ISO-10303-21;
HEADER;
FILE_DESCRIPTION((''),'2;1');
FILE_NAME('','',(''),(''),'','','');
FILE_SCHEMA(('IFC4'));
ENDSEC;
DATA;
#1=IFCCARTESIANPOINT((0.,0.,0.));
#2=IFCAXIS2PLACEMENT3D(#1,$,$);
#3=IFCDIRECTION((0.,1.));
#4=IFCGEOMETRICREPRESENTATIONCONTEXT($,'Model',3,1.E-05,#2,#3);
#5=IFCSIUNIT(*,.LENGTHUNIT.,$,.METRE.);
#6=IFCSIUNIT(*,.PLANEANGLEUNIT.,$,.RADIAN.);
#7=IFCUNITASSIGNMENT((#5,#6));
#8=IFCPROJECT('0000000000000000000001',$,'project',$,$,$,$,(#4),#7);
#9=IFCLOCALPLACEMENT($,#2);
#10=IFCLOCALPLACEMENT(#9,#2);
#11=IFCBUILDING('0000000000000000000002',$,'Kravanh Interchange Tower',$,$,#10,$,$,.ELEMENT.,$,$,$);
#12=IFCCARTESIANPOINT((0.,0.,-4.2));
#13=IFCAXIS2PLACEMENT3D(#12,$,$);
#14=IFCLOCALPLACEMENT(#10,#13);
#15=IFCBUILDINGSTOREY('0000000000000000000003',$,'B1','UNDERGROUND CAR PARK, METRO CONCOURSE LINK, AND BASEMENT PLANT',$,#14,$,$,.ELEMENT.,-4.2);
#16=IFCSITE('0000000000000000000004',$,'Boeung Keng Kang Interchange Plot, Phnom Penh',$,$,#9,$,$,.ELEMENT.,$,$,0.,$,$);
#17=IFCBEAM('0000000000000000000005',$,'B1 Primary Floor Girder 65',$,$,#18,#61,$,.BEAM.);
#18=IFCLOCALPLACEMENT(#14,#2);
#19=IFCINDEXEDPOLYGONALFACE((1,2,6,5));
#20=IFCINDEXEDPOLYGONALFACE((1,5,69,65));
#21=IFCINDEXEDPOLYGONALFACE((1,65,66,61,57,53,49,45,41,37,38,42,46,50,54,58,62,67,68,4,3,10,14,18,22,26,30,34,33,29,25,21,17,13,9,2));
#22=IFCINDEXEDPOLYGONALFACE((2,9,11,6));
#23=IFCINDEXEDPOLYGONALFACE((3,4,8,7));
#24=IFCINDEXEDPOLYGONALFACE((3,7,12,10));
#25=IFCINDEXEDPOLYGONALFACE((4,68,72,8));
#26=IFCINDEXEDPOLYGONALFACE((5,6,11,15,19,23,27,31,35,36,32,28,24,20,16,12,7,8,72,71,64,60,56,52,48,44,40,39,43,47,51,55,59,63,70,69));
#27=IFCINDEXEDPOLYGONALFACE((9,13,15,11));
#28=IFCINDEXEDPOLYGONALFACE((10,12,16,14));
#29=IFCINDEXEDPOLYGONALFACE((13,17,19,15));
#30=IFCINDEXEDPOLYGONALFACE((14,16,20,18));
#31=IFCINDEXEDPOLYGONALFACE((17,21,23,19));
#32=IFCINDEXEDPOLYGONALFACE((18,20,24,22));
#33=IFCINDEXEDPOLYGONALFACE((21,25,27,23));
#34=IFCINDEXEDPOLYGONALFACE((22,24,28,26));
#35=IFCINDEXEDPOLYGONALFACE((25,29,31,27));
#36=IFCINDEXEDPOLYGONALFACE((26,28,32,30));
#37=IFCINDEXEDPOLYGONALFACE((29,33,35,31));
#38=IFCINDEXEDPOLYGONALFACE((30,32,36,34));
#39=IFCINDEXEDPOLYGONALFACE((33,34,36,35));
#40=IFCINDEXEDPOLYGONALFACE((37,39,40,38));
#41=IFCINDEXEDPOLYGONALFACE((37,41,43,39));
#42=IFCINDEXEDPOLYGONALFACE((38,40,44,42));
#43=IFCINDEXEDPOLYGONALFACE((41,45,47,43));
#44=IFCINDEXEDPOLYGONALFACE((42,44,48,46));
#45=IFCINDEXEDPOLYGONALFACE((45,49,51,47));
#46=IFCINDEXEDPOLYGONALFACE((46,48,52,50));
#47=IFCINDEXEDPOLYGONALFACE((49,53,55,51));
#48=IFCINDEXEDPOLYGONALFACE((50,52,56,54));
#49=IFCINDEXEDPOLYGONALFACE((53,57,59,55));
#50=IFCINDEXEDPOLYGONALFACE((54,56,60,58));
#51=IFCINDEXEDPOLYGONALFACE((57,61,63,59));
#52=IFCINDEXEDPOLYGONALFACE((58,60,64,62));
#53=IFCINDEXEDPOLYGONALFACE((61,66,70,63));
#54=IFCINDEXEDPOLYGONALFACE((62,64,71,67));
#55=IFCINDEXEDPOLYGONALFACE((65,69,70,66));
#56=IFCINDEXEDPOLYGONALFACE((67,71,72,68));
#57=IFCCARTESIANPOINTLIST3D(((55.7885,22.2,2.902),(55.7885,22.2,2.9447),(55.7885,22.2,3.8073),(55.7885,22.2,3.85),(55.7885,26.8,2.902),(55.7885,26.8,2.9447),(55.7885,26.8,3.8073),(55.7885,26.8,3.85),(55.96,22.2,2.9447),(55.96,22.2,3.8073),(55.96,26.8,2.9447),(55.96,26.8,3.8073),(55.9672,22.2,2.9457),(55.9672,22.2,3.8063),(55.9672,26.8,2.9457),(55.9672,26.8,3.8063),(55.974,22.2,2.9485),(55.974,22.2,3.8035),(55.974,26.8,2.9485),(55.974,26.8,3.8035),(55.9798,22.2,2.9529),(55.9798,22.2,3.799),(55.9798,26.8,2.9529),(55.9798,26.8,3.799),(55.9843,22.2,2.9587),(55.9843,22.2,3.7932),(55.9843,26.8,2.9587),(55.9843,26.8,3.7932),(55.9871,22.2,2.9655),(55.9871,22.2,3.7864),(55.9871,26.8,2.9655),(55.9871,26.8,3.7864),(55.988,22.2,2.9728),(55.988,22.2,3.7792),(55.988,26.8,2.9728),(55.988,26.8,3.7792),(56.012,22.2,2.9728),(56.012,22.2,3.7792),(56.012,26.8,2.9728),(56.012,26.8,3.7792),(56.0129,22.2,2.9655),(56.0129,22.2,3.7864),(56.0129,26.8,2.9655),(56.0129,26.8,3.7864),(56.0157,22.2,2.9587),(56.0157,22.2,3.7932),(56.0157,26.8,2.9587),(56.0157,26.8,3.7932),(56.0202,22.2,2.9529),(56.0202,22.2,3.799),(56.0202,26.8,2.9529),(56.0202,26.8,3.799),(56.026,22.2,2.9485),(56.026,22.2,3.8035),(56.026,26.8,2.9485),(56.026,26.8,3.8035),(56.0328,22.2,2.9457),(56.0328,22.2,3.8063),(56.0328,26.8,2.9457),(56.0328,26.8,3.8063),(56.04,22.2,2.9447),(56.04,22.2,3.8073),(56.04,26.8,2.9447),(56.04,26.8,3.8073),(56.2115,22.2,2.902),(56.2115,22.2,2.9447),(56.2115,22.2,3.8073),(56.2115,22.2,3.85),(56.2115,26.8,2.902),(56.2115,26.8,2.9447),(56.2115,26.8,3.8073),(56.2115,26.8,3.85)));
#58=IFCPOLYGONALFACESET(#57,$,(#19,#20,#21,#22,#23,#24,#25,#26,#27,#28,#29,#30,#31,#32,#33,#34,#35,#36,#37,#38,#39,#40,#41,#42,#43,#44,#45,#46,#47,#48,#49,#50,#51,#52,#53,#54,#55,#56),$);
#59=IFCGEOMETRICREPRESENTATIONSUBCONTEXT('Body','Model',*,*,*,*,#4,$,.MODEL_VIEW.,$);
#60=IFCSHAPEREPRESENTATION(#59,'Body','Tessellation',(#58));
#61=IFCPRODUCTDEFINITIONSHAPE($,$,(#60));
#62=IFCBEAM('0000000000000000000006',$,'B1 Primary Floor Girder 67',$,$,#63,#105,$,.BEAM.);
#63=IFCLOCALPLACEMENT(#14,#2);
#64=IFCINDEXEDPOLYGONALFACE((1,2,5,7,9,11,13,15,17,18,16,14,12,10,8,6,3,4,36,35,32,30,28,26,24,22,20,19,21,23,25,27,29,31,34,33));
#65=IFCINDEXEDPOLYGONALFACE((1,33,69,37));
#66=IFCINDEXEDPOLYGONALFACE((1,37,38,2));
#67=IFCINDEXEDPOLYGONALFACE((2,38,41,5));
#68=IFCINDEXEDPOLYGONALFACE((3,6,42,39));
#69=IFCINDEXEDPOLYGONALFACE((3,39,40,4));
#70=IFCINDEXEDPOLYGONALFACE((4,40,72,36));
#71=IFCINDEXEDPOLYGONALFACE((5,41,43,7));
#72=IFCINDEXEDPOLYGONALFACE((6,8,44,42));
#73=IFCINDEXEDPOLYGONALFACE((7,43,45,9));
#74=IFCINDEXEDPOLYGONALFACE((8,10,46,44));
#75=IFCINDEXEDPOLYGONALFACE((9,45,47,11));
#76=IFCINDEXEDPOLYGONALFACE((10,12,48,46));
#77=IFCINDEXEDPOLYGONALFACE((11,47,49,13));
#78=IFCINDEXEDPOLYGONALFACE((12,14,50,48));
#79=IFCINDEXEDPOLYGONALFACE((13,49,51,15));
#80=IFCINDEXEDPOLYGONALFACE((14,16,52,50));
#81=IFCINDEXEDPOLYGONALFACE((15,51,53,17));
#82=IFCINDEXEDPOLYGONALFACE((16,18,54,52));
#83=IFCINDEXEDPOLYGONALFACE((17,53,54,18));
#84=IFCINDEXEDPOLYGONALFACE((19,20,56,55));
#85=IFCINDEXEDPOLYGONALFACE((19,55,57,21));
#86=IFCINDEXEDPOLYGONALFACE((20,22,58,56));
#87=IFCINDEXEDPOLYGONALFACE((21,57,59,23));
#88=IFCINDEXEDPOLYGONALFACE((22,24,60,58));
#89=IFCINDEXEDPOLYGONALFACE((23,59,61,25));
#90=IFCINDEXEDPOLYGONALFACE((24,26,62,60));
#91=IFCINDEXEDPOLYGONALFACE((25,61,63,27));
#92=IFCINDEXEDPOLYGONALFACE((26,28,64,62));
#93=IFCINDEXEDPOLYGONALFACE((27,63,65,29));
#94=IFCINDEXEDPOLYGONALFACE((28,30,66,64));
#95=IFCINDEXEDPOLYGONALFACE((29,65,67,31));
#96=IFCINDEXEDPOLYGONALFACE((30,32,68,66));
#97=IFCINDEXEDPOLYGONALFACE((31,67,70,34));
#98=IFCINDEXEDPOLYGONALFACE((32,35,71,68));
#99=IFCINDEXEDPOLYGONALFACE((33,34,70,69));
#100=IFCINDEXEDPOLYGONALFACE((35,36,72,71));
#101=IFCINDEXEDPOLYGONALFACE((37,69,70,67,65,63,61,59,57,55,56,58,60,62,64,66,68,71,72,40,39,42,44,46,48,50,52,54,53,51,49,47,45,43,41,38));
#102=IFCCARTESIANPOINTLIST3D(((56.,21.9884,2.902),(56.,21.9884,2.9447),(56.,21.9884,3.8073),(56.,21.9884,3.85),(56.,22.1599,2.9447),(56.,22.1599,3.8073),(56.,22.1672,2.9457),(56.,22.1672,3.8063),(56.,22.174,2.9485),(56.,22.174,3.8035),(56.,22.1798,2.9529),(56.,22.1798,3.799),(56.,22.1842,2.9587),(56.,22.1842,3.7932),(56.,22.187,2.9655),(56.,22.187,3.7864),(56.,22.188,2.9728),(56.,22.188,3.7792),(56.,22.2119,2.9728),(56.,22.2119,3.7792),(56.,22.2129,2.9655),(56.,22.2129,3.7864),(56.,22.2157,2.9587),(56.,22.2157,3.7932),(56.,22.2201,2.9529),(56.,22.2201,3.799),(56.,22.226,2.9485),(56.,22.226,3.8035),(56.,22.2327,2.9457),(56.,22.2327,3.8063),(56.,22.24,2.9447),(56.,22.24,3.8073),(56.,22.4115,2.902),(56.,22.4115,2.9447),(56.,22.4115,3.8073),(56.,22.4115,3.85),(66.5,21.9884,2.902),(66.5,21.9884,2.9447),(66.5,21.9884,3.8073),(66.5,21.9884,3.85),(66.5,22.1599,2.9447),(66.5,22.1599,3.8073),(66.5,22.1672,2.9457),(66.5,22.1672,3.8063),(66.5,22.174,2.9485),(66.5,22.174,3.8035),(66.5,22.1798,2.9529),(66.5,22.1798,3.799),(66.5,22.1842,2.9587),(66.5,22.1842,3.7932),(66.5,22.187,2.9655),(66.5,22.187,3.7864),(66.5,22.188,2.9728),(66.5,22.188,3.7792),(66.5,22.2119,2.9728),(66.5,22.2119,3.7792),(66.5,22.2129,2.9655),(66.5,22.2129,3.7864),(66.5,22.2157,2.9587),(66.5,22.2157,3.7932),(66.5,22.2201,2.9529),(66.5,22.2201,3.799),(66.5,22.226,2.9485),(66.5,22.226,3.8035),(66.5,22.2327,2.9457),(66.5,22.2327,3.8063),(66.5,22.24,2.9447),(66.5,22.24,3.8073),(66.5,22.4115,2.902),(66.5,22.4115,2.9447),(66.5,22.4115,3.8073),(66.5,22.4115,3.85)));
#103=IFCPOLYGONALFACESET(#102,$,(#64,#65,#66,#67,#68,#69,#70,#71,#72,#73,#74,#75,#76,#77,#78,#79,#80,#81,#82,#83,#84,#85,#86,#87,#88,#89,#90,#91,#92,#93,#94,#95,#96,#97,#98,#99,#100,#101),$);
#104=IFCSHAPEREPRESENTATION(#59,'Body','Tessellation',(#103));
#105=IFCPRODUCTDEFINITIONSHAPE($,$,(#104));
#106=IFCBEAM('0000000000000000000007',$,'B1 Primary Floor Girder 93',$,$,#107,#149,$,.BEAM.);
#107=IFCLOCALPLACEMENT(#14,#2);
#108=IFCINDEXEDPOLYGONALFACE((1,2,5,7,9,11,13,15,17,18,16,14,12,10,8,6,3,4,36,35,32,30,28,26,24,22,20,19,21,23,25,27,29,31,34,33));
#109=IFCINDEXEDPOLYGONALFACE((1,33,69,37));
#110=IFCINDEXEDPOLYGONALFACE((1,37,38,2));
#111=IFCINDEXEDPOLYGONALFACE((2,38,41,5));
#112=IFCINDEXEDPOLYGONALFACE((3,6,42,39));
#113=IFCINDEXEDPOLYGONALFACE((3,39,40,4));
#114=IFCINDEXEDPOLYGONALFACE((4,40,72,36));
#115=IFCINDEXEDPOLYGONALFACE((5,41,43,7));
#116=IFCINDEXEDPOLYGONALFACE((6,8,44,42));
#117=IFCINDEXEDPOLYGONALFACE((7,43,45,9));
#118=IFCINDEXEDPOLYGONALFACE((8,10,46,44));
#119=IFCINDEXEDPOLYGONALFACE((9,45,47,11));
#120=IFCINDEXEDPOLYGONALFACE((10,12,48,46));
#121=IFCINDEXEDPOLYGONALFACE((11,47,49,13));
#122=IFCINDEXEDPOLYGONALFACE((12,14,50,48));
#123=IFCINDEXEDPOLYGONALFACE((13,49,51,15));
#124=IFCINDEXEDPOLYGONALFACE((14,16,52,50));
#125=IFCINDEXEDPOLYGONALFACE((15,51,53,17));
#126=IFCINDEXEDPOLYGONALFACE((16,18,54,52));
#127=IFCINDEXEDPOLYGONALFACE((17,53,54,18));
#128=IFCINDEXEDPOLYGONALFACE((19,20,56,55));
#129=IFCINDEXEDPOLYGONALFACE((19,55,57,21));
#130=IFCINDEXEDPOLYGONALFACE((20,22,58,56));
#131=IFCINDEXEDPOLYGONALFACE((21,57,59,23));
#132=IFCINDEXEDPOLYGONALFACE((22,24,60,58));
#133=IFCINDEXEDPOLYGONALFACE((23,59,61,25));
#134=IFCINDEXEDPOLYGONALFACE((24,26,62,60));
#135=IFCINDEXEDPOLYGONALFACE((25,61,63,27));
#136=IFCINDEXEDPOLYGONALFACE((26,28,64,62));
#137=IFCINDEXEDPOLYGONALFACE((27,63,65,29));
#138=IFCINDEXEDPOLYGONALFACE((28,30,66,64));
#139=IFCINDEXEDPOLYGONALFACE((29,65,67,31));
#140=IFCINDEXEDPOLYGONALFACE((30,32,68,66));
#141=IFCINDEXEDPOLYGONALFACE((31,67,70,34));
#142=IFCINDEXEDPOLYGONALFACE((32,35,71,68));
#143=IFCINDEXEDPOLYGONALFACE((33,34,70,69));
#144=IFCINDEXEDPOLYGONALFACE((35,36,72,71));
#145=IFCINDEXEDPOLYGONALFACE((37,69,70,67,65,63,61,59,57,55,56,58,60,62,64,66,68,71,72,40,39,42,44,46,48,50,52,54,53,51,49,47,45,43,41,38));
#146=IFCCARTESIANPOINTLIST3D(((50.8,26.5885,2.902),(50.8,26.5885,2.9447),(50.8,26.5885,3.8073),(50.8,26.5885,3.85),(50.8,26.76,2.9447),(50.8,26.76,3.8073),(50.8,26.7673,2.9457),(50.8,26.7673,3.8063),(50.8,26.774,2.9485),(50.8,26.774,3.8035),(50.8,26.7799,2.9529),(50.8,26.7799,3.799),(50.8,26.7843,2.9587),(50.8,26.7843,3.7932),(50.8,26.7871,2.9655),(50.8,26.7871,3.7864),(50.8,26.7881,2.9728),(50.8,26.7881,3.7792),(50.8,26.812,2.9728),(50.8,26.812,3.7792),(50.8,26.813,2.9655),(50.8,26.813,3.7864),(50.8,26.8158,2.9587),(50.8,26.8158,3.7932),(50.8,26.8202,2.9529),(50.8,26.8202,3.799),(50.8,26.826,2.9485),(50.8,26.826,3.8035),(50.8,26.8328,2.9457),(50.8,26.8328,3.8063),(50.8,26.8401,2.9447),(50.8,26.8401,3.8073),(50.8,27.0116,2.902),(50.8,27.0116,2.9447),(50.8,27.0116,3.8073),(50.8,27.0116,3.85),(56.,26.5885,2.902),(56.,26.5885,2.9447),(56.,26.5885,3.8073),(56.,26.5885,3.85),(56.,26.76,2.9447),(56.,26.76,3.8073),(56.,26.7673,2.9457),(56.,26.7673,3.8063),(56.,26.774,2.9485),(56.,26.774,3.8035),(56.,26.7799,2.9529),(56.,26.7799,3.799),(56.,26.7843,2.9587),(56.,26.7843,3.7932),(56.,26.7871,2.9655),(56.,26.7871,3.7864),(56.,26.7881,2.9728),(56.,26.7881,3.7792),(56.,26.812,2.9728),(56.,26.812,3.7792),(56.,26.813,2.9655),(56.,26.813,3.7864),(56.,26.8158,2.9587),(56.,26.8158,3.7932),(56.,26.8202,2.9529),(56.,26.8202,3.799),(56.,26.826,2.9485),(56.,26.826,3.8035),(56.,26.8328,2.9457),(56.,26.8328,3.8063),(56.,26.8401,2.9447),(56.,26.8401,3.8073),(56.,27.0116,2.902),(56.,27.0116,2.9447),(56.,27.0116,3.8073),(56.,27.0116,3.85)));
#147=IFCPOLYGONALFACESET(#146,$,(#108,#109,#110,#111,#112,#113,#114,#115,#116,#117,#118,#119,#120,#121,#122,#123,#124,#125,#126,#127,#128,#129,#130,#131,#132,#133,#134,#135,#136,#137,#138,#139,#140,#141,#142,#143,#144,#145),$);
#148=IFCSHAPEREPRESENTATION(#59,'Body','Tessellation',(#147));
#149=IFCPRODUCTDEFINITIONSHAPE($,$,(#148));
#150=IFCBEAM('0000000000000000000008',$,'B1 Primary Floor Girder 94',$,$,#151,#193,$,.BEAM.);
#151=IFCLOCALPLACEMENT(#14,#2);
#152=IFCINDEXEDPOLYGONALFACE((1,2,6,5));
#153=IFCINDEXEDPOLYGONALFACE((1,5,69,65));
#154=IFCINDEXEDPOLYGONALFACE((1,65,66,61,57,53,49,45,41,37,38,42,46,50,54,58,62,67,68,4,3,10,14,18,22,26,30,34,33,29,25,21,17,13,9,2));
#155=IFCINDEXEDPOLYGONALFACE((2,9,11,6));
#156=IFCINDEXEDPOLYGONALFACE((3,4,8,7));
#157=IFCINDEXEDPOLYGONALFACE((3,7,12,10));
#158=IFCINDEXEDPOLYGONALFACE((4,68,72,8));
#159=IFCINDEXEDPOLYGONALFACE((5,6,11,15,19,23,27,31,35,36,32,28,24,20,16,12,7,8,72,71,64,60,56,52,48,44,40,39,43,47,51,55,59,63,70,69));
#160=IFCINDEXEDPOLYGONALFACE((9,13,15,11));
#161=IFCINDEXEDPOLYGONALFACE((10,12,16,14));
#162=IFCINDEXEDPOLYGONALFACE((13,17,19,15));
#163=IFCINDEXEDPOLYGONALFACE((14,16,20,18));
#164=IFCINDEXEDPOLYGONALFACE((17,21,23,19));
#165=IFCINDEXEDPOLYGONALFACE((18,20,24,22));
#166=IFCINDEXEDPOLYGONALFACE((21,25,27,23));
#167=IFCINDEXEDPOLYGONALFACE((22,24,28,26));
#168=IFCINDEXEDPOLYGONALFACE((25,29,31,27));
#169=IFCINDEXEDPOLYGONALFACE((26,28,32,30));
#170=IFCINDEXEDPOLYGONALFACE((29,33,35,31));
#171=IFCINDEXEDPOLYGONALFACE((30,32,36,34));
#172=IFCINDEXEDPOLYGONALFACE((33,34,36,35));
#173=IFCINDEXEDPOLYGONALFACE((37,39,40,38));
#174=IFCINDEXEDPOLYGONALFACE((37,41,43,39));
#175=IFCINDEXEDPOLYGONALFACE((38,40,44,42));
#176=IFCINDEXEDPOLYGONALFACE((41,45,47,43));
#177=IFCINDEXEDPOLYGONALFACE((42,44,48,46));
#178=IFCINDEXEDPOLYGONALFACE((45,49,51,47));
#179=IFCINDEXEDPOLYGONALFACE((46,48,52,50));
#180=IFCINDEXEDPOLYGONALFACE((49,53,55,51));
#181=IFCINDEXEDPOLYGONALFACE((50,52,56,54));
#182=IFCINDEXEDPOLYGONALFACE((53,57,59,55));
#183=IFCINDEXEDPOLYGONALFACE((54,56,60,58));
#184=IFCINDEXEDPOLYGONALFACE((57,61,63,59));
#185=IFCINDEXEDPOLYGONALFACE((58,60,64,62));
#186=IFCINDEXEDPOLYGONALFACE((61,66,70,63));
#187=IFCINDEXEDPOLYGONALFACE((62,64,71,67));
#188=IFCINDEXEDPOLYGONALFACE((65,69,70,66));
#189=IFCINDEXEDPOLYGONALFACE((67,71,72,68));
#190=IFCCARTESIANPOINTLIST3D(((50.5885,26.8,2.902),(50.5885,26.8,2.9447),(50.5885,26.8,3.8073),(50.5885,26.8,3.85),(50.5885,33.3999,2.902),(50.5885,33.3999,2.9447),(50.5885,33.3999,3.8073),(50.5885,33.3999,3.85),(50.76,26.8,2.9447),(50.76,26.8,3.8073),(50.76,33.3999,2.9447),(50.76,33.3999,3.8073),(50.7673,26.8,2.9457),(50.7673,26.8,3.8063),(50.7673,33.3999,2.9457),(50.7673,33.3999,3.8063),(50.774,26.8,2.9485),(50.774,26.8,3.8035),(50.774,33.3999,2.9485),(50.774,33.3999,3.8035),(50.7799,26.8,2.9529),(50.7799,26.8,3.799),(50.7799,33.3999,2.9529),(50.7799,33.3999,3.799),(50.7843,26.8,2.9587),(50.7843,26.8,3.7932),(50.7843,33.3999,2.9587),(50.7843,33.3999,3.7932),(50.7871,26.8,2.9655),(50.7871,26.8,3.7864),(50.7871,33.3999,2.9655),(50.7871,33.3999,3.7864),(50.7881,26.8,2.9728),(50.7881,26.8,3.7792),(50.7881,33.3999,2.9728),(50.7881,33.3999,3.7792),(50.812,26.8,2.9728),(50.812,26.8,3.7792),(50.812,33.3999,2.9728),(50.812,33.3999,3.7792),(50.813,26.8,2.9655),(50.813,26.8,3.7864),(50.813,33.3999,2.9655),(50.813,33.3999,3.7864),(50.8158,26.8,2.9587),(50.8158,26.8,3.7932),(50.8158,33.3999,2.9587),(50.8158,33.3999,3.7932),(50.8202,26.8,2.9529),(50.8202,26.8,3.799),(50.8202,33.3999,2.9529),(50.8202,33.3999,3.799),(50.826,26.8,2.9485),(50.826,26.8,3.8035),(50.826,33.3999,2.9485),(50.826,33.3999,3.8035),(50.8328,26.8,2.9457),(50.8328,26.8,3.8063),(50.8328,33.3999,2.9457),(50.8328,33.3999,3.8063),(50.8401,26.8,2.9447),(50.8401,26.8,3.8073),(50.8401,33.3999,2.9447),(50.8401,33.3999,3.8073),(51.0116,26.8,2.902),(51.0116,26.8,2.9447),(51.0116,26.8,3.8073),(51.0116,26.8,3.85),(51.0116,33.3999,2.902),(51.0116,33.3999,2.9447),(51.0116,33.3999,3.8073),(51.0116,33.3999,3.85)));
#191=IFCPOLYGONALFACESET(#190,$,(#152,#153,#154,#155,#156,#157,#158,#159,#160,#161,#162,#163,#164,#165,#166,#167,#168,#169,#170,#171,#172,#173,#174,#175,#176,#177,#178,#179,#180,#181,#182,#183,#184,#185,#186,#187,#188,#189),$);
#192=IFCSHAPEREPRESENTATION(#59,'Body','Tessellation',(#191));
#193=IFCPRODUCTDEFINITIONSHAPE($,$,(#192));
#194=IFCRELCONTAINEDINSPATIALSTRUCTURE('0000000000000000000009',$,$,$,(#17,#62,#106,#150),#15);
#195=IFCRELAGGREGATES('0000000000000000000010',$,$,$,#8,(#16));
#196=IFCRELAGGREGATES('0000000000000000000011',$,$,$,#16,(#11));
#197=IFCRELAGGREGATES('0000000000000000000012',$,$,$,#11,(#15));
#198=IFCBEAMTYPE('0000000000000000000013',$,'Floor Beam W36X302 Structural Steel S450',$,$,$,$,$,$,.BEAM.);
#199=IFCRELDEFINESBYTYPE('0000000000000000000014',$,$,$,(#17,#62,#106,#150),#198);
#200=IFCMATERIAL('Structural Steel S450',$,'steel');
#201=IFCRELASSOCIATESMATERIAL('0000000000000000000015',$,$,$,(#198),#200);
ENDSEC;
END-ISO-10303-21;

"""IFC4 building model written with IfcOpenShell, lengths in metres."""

from ifc_helpers import new_model, si_unit, direction, frame, origin, origin_2d, place, context, subcontext, project, spatial, i_section, extrude, material, material_profile, profile_set, type_object, element, save


model = new_model("IFC4")

# Units and contexts
model_context = context("Model", 3, precision=1e-05, world=origin(), true_north=direction((0.0, 1.0)))
body_context = subcontext(model_context, "Body", "Model", "MODEL_VIEW")
ifc_project = project(units=[si_unit("LENGTHUNIT", "METRE"), si_unit("PLANEANGLEUNIT", "RADIAN")], contexts=[model_context])

# Site, building, storey
site_placement = place(None, origin())
site = spatial("IfcSite", under=ifc_project, at=site_placement, Name="Boeung Keng Kang Interchange Plot, Phnom Penh", CompositionType="ELEMENT", RefElevation=0.0)
building_placement = place(site_placement, origin())
building = spatial("IfcBuilding", under=site, at=building_placement, Name="Kravanh Interchange Tower", CompositionType="ELEMENT")
storey_placement = place(building_placement, frame((0.0, 0.0, -4.2)))
storey = spatial("IfcBuildingStorey", under=building, at=storey_placement, Name="B1", Description="UNDERGROUND CAR PARK, METRO CONCOURSE LINK, AND BASEMENT PLANT", CompositionType="ELEMENT", Elevation=-4.2)

# Beams
ifc_material_1 = material(Name="Structural Steel S450", Category="steel")
ifc_material_profile_1 = material_profile(ifc_material_1, i_section(OverallWidth=0.4231, OverallDepth=0.948, WebThickness=0.0239, FlangeThickness=0.0427, FilletRadius=0.0281, at=origin_2d()), Name="W36X302")
ifc_profile_set_1 = profile_set([ifc_material_profile_1], Name="Structural Steel S450")
beam_type_1 = type_object("IfcBeamType", Name="Floor Beam W36X302 Structural Steel S450", PredefinedType="BEAM", material=ifc_profile_set_1)
beam_1_placement = place(storey_placement, frame((56.0, 22.2, 3.376), z_axis=(0.0, 1.0, 0.0), x_axis=(-1.0, 0.0, 0.0)))
element("IfcBeam", 1, at=beam_1_placement, inside=storey, type_object=beam_type_1, Name="B1 Primary Floor Girder 65", PredefinedType="BEAM", context=body_context, shape_type="SweptSolid", body=[
    extrude(i_section(OverallWidth=0.4231, OverallDepth=0.948, WebThickness=0.0239, FlangeThickness=0.0427, FilletRadius=0.0281, at=origin_2d()), origin(), (0.0, 0.0, 1.0), 4.6001),
])
beam_2_placement = place(storey_placement, frame((56.0, 22.2, 3.376), z_axis=(1.0, 0.0, 0.0), x_axis=(0.0, 1.0, 0.0)))
element("IfcBeam", 2, at=beam_2_placement, inside=storey, type_object=beam_type_1, Name="B1 Primary Floor Girder 67", PredefinedType="BEAM", context=body_context, shape_type="SweptSolid", body=[
    extrude(i_section(OverallWidth=0.4231, OverallDepth=0.948, WebThickness=0.0239, FlangeThickness=0.0427, FilletRadius=0.0281, at=origin_2d()), origin(), (0.0, 0.0, 1.0), 10.5),
])
beam_3_placement = place(storey_placement, frame((50.8, 26.8, 3.376), z_axis=(1.0, 0.0, 0.0), x_axis=(0.0, 1.0, 0.0)))
element("IfcBeam", 3, at=beam_3_placement, inside=storey, type_object=beam_type_1, Name="B1 Primary Floor Girder 93", PredefinedType="BEAM", context=body_context, shape_type="SweptSolid", body=[
    extrude(i_section(OverallWidth=0.4231, OverallDepth=0.948, WebThickness=0.0239, FlangeThickness=0.0427, FilletRadius=0.0281, at=origin_2d()), origin(), (0.0, 0.0, 1.0), 5.2),
])
beam_4_placement = place(storey_placement, frame((50.8, 26.8, 3.376), z_axis=(0.0, 1.0, 0.0), x_axis=(-1.0, 0.0, 0.0)))
element("IfcBeam", 4, at=beam_4_placement, inside=storey, type_object=beam_type_1, Name="B1 Primary Floor Girder 94", PredefinedType="BEAM", context=body_context, shape_type="SweptSolid", body=[
    extrude(i_section(OverallWidth=0.4231, OverallDepth=0.948, WebThickness=0.0239, FlangeThickness=0.0427, FilletRadius=0.0281, at=origin_2d()), origin(), (0.0, 0.0, 1.0), 6.5999),
])

save(model, "model.ifc")
